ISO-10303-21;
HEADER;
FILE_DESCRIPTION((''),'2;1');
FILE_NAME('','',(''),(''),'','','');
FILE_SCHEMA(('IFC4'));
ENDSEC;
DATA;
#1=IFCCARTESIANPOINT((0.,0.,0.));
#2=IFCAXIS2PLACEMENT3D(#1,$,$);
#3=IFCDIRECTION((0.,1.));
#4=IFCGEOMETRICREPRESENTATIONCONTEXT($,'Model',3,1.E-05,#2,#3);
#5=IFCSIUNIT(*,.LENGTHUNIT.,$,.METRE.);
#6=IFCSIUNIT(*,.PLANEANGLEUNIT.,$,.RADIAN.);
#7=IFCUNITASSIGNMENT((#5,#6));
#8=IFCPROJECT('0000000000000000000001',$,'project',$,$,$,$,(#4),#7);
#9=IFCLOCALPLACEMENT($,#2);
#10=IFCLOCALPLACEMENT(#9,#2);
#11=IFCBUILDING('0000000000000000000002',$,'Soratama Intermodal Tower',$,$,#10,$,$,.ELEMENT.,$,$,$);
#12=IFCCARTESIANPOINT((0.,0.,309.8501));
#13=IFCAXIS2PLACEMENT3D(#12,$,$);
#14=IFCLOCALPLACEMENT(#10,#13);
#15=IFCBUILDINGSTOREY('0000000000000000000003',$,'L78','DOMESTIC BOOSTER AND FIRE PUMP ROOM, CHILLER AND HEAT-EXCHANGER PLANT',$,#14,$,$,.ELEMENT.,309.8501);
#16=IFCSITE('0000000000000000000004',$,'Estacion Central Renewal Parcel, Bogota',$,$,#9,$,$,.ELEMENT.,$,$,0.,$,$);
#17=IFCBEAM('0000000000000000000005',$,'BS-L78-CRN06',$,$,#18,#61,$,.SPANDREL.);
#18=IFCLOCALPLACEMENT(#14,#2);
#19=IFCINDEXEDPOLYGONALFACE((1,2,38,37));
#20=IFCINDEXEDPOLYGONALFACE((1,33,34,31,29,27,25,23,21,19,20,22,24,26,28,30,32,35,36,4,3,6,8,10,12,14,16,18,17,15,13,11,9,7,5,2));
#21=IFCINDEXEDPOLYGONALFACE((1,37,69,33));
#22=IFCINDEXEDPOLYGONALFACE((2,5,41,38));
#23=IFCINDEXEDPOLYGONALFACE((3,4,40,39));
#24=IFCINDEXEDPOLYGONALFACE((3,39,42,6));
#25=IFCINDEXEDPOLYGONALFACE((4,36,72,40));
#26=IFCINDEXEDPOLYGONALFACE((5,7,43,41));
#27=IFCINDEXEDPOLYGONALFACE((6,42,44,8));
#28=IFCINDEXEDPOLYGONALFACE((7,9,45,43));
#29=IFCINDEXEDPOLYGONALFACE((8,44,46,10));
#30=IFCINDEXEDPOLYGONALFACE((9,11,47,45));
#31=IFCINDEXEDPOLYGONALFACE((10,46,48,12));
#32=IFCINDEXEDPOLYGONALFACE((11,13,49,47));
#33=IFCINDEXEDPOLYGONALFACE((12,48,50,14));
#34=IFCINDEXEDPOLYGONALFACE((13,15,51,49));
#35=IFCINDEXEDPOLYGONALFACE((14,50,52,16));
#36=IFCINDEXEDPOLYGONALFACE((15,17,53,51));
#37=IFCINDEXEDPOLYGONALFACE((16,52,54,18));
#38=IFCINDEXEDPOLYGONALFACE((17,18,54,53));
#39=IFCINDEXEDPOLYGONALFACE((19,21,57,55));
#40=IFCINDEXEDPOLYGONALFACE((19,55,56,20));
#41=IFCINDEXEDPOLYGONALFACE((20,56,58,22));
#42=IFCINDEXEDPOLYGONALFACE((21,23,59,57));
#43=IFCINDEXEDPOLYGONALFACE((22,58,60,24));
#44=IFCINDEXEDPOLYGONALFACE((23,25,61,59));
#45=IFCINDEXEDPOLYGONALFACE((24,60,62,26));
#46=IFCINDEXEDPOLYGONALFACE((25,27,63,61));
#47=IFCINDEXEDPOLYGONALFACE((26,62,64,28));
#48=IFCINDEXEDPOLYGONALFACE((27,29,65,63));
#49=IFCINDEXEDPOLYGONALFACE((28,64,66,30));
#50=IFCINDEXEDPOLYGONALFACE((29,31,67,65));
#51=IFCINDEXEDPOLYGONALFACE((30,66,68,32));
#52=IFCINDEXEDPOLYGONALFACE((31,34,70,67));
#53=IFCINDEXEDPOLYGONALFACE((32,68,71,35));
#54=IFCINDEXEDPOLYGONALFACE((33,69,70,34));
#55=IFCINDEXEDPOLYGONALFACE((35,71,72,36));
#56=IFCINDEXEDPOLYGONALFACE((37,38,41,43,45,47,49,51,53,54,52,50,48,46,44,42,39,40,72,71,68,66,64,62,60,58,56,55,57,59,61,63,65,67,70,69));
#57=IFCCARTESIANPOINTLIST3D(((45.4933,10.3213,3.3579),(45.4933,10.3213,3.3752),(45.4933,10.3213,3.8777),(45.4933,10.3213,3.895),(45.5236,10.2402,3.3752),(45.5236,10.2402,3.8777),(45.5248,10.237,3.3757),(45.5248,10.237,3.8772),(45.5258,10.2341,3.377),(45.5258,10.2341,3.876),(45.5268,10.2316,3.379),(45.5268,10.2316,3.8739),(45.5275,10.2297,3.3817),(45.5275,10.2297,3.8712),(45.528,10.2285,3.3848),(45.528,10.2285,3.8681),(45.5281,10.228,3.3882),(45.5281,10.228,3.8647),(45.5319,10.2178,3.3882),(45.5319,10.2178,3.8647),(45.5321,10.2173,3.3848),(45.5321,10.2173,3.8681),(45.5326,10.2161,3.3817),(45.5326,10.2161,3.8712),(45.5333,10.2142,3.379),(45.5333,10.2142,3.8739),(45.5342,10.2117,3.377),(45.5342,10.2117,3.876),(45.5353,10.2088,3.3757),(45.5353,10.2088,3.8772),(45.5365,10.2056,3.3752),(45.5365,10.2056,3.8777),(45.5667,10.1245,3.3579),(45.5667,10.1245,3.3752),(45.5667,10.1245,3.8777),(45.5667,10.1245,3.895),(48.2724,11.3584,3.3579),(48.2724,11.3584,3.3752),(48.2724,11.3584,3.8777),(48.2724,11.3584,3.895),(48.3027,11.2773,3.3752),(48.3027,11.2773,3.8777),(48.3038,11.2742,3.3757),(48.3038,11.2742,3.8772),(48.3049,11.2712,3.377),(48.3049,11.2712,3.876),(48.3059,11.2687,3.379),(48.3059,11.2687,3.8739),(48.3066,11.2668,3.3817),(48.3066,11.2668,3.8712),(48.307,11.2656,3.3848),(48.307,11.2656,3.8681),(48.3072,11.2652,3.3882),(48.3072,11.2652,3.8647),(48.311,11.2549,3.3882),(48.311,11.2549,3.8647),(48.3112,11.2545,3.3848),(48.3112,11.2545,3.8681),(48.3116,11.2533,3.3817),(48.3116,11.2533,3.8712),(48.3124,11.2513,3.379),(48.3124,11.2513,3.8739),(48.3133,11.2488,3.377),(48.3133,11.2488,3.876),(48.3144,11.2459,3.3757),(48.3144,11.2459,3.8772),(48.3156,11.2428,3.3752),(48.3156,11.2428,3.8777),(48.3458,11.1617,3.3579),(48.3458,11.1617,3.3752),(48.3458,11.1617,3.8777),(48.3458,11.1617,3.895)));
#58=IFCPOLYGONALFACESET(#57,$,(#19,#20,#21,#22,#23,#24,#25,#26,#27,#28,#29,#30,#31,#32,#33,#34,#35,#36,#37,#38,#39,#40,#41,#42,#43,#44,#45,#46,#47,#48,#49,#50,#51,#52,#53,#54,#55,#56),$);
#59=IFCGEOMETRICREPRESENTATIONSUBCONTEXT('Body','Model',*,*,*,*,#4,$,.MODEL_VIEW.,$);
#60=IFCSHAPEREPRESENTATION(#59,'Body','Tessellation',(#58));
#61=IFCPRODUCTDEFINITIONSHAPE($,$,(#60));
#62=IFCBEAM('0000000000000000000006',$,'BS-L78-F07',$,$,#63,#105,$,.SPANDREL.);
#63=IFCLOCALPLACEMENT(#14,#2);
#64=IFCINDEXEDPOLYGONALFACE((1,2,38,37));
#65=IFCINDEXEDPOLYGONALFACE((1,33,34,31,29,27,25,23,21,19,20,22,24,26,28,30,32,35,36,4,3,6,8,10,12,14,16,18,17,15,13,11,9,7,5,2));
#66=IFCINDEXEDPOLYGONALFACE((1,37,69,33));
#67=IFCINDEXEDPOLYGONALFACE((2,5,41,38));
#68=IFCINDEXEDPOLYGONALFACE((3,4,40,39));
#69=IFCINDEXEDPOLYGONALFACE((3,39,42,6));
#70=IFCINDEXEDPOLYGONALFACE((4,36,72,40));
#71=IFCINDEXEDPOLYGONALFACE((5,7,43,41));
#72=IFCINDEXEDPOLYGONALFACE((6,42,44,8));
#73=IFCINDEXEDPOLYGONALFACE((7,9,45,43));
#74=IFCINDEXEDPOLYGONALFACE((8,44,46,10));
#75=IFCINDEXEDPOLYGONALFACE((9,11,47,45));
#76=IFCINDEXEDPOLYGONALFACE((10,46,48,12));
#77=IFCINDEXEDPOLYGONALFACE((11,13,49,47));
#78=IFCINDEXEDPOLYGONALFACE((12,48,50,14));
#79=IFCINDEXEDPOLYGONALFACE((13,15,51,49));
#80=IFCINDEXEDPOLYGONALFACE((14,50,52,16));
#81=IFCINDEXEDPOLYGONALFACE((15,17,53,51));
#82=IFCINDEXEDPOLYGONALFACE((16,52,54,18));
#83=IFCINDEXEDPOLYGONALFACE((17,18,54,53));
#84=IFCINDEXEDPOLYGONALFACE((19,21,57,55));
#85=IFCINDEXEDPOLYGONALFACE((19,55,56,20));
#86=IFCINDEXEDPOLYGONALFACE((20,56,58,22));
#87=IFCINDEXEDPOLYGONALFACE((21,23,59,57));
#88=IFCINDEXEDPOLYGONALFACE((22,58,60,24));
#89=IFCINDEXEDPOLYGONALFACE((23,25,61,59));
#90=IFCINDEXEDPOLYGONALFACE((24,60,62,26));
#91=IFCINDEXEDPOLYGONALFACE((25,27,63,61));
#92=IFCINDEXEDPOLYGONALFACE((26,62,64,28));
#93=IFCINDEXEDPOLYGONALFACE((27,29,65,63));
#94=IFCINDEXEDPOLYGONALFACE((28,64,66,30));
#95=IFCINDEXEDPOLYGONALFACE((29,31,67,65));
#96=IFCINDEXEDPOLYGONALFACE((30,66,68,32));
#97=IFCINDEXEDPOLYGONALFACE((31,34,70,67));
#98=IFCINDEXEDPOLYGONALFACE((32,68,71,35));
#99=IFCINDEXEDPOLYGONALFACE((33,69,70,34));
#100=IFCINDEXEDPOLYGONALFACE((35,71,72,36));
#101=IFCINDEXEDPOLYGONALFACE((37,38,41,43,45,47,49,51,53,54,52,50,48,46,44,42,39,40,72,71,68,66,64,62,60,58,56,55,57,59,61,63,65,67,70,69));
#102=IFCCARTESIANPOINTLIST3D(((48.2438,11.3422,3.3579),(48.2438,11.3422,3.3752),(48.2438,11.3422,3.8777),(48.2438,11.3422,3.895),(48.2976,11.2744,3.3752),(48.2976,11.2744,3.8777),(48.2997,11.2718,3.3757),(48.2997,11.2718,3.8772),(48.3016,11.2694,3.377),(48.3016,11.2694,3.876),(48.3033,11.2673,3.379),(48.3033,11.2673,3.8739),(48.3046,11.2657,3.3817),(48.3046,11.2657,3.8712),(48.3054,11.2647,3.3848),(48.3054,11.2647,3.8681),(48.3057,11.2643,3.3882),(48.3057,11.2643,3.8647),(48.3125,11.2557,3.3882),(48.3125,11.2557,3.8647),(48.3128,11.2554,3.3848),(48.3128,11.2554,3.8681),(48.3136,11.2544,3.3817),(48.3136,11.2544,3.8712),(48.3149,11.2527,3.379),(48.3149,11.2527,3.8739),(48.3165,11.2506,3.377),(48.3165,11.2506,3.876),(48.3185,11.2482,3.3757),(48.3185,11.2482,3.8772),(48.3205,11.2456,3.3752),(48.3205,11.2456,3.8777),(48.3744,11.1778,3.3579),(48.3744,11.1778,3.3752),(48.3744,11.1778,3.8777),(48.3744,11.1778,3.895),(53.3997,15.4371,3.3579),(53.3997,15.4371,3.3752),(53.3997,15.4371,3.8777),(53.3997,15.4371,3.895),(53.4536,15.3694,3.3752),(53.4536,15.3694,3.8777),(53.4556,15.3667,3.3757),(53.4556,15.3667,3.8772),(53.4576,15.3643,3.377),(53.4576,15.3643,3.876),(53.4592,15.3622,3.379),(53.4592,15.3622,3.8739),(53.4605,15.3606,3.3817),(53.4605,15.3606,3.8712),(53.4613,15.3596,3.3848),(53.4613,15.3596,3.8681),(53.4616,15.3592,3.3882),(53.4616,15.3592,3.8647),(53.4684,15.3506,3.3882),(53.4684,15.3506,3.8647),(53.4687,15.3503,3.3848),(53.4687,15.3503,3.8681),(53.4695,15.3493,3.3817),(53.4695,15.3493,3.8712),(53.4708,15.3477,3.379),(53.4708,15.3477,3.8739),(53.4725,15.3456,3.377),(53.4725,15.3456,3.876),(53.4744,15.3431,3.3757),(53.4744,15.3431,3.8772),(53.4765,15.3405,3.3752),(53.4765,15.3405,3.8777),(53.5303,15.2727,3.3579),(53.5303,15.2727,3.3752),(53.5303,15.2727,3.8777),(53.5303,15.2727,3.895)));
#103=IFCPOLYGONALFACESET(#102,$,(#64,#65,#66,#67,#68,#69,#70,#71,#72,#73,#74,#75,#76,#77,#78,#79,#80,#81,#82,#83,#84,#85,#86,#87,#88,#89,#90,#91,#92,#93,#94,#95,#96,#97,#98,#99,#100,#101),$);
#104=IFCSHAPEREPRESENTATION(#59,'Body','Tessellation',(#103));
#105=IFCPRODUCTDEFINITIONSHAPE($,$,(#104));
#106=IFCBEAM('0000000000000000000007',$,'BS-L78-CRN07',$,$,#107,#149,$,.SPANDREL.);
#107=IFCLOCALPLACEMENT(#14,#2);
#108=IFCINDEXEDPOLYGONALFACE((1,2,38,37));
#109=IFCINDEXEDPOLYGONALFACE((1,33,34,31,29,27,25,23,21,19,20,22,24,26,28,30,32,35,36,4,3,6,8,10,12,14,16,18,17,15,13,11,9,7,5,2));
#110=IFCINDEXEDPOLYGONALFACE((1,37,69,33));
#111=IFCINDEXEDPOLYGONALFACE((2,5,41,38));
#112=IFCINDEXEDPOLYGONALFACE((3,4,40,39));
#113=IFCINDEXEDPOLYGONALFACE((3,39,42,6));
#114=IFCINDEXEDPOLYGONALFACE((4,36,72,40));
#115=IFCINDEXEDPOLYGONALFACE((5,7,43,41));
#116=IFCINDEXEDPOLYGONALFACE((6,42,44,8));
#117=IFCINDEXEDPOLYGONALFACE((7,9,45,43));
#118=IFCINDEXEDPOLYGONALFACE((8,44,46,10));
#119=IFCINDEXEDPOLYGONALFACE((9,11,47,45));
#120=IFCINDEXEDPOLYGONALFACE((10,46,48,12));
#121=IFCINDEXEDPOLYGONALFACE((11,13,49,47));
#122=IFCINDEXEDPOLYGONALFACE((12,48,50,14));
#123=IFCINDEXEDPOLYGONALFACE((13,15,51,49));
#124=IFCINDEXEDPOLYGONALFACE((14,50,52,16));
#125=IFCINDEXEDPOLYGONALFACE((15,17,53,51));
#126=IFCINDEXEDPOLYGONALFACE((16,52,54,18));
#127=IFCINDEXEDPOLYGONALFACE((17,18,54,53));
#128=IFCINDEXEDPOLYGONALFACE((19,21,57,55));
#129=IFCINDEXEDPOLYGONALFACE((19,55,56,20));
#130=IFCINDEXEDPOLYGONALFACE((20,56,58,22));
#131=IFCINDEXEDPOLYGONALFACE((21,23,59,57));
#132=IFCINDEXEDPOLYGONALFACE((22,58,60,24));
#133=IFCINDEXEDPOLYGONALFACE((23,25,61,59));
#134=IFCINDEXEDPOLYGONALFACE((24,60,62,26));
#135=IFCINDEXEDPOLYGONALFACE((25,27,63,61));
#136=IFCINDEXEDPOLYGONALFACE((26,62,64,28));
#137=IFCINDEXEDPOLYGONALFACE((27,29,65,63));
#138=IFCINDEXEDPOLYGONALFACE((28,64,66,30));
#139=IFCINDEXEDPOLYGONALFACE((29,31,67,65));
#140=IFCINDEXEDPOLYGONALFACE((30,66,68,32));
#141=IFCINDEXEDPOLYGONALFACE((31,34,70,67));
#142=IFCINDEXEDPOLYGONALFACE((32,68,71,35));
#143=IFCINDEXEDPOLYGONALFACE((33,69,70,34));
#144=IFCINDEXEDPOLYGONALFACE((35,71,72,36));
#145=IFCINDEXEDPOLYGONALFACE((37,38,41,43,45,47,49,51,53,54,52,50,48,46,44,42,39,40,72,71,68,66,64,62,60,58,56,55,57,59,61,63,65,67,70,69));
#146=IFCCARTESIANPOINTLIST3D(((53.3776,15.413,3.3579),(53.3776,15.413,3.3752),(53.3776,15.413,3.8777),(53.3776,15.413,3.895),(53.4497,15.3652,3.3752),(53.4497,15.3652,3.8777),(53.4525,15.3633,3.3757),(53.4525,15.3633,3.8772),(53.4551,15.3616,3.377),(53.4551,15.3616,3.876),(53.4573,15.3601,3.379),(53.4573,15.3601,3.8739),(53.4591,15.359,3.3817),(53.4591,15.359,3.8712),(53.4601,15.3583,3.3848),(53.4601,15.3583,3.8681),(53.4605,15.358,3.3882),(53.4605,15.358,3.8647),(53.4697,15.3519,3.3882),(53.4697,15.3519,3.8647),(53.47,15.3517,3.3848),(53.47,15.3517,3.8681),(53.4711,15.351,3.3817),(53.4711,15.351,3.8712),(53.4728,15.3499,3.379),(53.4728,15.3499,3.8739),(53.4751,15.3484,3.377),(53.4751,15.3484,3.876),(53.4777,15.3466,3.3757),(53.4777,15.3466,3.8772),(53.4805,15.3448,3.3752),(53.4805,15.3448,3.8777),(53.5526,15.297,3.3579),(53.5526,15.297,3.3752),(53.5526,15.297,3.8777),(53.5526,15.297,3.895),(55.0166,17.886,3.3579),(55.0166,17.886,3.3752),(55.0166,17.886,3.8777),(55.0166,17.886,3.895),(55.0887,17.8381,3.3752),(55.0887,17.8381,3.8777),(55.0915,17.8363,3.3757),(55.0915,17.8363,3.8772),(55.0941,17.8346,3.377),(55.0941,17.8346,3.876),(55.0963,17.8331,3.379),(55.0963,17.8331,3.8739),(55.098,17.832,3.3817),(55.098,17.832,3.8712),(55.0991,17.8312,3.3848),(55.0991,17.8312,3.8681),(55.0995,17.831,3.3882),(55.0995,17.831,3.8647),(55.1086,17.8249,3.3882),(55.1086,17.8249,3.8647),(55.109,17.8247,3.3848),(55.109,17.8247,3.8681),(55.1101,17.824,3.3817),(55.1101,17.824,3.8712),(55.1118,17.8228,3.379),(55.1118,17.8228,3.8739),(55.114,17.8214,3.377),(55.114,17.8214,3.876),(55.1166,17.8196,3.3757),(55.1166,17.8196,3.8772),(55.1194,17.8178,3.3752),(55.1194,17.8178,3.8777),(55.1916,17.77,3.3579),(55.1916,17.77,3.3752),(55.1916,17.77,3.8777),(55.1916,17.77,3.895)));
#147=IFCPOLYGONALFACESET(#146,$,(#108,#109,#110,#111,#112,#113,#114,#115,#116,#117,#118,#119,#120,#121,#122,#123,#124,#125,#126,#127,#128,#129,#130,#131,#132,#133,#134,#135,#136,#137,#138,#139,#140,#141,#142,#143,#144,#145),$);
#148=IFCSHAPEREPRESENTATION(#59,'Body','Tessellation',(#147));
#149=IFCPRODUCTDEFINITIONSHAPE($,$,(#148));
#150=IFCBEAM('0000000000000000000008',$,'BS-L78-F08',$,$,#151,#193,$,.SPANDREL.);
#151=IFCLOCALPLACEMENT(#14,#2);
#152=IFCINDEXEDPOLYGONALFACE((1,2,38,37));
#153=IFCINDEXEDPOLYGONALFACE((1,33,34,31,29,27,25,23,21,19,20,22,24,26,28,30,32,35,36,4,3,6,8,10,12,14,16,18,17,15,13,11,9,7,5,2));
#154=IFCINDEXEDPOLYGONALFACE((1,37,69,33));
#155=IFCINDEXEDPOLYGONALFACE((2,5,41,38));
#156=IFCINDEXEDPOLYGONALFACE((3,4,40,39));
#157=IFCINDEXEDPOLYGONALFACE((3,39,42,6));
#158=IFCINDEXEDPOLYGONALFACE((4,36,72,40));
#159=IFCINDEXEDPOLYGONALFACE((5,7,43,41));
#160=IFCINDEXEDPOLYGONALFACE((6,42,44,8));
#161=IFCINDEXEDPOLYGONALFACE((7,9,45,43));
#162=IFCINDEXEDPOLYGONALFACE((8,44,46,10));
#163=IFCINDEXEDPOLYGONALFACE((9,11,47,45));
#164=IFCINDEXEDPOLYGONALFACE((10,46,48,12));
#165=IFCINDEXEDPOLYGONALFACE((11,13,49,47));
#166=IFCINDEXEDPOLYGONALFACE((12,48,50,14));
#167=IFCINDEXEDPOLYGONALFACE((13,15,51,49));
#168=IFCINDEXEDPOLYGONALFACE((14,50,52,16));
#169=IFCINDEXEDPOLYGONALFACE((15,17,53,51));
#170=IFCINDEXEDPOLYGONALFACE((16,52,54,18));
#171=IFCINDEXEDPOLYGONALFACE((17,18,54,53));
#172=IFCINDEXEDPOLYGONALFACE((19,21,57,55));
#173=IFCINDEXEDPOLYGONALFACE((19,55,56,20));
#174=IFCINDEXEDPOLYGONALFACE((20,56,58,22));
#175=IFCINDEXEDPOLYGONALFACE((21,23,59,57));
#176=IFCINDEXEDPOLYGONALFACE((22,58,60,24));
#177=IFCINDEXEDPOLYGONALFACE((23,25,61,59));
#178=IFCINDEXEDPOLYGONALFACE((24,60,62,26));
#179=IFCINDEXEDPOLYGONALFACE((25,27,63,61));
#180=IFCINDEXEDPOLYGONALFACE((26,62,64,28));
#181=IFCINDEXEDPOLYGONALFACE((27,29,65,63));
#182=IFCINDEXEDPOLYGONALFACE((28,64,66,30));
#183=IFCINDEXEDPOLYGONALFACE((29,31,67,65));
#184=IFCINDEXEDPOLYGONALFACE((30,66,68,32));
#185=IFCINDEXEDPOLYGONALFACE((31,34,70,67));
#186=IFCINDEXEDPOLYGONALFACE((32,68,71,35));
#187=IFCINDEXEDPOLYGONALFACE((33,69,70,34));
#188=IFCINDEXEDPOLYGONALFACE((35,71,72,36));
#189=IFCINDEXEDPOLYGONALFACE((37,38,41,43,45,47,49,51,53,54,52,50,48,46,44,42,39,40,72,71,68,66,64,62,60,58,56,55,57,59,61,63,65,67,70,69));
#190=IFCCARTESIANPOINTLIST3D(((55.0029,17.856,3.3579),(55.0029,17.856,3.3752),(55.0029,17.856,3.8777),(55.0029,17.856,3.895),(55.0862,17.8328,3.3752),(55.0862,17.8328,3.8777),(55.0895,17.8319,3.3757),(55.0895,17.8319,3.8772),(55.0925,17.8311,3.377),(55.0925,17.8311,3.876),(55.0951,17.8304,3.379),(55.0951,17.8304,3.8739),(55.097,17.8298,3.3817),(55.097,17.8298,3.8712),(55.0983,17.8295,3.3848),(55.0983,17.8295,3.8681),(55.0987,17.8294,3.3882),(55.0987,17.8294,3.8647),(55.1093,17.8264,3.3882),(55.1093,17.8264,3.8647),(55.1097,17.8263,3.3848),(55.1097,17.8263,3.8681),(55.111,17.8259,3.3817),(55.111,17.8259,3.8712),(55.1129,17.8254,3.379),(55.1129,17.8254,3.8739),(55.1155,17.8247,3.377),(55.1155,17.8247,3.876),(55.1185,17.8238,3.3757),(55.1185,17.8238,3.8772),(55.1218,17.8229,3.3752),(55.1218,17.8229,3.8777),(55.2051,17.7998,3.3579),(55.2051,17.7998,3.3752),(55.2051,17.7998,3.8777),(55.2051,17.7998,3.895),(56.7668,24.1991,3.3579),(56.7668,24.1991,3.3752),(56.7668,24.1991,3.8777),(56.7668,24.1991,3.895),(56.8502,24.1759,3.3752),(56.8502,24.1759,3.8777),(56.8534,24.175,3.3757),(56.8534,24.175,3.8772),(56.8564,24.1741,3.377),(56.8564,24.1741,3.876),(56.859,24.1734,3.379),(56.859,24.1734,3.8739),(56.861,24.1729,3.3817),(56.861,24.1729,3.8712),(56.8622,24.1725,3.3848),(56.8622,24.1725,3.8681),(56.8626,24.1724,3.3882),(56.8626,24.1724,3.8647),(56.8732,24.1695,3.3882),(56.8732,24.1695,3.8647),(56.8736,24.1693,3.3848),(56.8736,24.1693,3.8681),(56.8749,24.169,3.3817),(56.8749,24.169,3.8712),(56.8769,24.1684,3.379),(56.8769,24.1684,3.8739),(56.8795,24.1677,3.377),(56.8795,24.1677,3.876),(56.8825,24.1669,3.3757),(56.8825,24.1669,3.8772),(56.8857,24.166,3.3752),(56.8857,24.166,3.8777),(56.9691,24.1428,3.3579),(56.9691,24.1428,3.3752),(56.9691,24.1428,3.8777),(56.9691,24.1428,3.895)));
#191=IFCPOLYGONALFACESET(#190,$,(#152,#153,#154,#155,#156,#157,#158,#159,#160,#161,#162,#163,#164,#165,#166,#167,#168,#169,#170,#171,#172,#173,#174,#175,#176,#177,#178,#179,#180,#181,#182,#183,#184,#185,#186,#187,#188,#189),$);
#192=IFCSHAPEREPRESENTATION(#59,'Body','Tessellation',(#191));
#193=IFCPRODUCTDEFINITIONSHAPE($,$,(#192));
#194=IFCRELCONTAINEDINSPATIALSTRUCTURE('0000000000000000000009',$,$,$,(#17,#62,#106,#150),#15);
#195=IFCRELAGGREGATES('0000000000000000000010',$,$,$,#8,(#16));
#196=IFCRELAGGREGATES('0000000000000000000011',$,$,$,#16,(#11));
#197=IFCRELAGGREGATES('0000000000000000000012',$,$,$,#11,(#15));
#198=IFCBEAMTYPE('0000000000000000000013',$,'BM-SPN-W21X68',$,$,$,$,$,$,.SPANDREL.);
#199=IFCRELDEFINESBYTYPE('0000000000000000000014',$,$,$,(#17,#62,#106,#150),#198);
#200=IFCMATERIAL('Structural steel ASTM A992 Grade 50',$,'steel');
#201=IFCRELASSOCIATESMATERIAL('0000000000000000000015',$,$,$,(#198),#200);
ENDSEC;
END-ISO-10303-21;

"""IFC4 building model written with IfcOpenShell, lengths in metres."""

from ifc_helpers import new_model, si_unit, direction, frame, origin, origin_2d, place, context, subcontext, project, spatial, i_section, extrude, material, material_profile, profile_set, type_object, element, save


model = new_model("IFC4")

# Units and contexts
model_context = context("Model", 3, precision=1e-05, world=origin(), true_north=direction((0.0, 1.0)))
body_context = subcontext(model_context, "Body", "Model", "MODEL_VIEW")
ifc_project = project(units=[si_unit("LENGTHUNIT", "METRE"), si_unit("PLANEANGLEUNIT", "RADIAN")], contexts=[model_context])

# Site, building, storey
site_placement = place(None, origin())
site = spatial("IfcSite", under=ifc_project, at=site_placement, Name="Estacion Central Renewal Parcel, Bogota", CompositionType="ELEMENT", RefElevation=0.0)
building_placement = place(site_placement, origin())
building = spatial("IfcBuilding", under=site, at=building_placement, Name="Soratama Intermodal Tower", CompositionType="ELEMENT")
storey_placement = place(building_placement, frame((0.0, 0.0, 309.8501)))
storey = spatial("IfcBuildingStorey", under=building, at=storey_placement, Name="L78", Description="DOMESTIC BOOSTER AND FIRE PUMP ROOM, CHILLER AND HEAT-EXCHANGER PLANT", CompositionType="ELEMENT", Elevation=309.8501)

# Beams
ifc_material_1 = material(Name="Structural steel ASTM A992 Grade 50", Category="steel")
ifc_material_profile_1 = material_profile(ifc_material_1, i_section(OverallWidth=0.21, OverallDepth=0.5371, WebThickness=0.011, FlangeThickness=0.0173, FilletRadius=0.0129, at=origin_2d()), Name="W21X68")
ifc_profile_set_1 = profile_set([ifc_material_profile_1], Name="Structural steel ASTM A992 Grade 50")
beam_type_1 = type_object("IfcBeamType", Name="BM-SPN-W21X68", PredefinedType="SPANDREL", material=ifc_profile_set_1)
beam_1_placement = place(storey_placement, frame((45.53, 10.2229, 3.6265), z_axis=(0.936886, 0.349635, 0.0), x_axis=(-0.349635, 0.936886, 0.0)))
element("IfcBeam", 1, at=beam_1_placement, inside=storey, type_object=beam_type_1, Name="BS-L78-CRN06", PredefinedType="SPANDREL", context=body_context, shape_type="SweptSolid", body=[
    extrude(i_section(OverallWidth=0.21, OverallDepth=0.5371, WebThickness=0.011, FlangeThickness=0.0173, FilletRadius=0.0129, at=origin_2d()), origin(), (0.0, 0.0, 1.0), 2.9663),
])
beam_2_placement = place(storey_placement, frame((48.3091, 11.26, 3.6265), z_axis=(0.783074, 0.621928, 0.0), x_axis=(-0.621928, 0.783074, 0.0)))
element("IfcBeam", 2, at=beam_2_placement, inside=storey, type_object=beam_type_1, Name="BS-L78-F07", PredefinedType="SPANDREL", context=body_context, shape_type="SweptSolid", body=[
    extrude(i_section(OverallWidth=0.21, OverallDepth=0.5371, WebThickness=0.011, FlangeThickness=0.0173, FilletRadius=0.0129, at=origin_2d()), origin(), (0.0, 0.0, 1.0), 6.5842),
])
beam_3_placement = place(storey_placement, frame((53.4651, 15.355, 3.6265), z_axis=(0.552438, 0.833554, 0.0), x_axis=(-0.833554, 0.552438, 0.0)))
element("IfcBeam", 3, at=beam_3_placement, inside=storey, type_object=beam_type_1, Name="BS-L78-CRN07", PredefinedType="SPANDREL", context=body_context, shape_type="SweptSolid", body=[
    extrude(i_section(OverallWidth=0.21, OverallDepth=0.5371, WebThickness=0.011, FlangeThickness=0.0173, FilletRadius=0.0129, at=origin_2d()), origin(), (0.0, 0.0, 1.0), 2.9668),
])
beam_4_placement = place(storey_placement, frame((55.104, 17.8279, 3.6265), z_axis=(0.267921, 0.963441, 0.0), x_axis=(-0.963441, 0.267921, 0.0)))
element("IfcBeam", 4, at=beam_4_placement, inside=storey, type_object=beam_type_1, Name="BS-L78-F08", PredefinedType="SPANDREL", context=body_context, shape_type="SweptSolid", body=[
    extrude(i_section(OverallWidth=0.21, OverallDepth=0.5371, WebThickness=0.011, FlangeThickness=0.0173, FilletRadius=0.0129, at=origin_2d()), origin(), (0.0, 0.0, 1.0), 6.5837),
])

save(model, "model.ifc")
